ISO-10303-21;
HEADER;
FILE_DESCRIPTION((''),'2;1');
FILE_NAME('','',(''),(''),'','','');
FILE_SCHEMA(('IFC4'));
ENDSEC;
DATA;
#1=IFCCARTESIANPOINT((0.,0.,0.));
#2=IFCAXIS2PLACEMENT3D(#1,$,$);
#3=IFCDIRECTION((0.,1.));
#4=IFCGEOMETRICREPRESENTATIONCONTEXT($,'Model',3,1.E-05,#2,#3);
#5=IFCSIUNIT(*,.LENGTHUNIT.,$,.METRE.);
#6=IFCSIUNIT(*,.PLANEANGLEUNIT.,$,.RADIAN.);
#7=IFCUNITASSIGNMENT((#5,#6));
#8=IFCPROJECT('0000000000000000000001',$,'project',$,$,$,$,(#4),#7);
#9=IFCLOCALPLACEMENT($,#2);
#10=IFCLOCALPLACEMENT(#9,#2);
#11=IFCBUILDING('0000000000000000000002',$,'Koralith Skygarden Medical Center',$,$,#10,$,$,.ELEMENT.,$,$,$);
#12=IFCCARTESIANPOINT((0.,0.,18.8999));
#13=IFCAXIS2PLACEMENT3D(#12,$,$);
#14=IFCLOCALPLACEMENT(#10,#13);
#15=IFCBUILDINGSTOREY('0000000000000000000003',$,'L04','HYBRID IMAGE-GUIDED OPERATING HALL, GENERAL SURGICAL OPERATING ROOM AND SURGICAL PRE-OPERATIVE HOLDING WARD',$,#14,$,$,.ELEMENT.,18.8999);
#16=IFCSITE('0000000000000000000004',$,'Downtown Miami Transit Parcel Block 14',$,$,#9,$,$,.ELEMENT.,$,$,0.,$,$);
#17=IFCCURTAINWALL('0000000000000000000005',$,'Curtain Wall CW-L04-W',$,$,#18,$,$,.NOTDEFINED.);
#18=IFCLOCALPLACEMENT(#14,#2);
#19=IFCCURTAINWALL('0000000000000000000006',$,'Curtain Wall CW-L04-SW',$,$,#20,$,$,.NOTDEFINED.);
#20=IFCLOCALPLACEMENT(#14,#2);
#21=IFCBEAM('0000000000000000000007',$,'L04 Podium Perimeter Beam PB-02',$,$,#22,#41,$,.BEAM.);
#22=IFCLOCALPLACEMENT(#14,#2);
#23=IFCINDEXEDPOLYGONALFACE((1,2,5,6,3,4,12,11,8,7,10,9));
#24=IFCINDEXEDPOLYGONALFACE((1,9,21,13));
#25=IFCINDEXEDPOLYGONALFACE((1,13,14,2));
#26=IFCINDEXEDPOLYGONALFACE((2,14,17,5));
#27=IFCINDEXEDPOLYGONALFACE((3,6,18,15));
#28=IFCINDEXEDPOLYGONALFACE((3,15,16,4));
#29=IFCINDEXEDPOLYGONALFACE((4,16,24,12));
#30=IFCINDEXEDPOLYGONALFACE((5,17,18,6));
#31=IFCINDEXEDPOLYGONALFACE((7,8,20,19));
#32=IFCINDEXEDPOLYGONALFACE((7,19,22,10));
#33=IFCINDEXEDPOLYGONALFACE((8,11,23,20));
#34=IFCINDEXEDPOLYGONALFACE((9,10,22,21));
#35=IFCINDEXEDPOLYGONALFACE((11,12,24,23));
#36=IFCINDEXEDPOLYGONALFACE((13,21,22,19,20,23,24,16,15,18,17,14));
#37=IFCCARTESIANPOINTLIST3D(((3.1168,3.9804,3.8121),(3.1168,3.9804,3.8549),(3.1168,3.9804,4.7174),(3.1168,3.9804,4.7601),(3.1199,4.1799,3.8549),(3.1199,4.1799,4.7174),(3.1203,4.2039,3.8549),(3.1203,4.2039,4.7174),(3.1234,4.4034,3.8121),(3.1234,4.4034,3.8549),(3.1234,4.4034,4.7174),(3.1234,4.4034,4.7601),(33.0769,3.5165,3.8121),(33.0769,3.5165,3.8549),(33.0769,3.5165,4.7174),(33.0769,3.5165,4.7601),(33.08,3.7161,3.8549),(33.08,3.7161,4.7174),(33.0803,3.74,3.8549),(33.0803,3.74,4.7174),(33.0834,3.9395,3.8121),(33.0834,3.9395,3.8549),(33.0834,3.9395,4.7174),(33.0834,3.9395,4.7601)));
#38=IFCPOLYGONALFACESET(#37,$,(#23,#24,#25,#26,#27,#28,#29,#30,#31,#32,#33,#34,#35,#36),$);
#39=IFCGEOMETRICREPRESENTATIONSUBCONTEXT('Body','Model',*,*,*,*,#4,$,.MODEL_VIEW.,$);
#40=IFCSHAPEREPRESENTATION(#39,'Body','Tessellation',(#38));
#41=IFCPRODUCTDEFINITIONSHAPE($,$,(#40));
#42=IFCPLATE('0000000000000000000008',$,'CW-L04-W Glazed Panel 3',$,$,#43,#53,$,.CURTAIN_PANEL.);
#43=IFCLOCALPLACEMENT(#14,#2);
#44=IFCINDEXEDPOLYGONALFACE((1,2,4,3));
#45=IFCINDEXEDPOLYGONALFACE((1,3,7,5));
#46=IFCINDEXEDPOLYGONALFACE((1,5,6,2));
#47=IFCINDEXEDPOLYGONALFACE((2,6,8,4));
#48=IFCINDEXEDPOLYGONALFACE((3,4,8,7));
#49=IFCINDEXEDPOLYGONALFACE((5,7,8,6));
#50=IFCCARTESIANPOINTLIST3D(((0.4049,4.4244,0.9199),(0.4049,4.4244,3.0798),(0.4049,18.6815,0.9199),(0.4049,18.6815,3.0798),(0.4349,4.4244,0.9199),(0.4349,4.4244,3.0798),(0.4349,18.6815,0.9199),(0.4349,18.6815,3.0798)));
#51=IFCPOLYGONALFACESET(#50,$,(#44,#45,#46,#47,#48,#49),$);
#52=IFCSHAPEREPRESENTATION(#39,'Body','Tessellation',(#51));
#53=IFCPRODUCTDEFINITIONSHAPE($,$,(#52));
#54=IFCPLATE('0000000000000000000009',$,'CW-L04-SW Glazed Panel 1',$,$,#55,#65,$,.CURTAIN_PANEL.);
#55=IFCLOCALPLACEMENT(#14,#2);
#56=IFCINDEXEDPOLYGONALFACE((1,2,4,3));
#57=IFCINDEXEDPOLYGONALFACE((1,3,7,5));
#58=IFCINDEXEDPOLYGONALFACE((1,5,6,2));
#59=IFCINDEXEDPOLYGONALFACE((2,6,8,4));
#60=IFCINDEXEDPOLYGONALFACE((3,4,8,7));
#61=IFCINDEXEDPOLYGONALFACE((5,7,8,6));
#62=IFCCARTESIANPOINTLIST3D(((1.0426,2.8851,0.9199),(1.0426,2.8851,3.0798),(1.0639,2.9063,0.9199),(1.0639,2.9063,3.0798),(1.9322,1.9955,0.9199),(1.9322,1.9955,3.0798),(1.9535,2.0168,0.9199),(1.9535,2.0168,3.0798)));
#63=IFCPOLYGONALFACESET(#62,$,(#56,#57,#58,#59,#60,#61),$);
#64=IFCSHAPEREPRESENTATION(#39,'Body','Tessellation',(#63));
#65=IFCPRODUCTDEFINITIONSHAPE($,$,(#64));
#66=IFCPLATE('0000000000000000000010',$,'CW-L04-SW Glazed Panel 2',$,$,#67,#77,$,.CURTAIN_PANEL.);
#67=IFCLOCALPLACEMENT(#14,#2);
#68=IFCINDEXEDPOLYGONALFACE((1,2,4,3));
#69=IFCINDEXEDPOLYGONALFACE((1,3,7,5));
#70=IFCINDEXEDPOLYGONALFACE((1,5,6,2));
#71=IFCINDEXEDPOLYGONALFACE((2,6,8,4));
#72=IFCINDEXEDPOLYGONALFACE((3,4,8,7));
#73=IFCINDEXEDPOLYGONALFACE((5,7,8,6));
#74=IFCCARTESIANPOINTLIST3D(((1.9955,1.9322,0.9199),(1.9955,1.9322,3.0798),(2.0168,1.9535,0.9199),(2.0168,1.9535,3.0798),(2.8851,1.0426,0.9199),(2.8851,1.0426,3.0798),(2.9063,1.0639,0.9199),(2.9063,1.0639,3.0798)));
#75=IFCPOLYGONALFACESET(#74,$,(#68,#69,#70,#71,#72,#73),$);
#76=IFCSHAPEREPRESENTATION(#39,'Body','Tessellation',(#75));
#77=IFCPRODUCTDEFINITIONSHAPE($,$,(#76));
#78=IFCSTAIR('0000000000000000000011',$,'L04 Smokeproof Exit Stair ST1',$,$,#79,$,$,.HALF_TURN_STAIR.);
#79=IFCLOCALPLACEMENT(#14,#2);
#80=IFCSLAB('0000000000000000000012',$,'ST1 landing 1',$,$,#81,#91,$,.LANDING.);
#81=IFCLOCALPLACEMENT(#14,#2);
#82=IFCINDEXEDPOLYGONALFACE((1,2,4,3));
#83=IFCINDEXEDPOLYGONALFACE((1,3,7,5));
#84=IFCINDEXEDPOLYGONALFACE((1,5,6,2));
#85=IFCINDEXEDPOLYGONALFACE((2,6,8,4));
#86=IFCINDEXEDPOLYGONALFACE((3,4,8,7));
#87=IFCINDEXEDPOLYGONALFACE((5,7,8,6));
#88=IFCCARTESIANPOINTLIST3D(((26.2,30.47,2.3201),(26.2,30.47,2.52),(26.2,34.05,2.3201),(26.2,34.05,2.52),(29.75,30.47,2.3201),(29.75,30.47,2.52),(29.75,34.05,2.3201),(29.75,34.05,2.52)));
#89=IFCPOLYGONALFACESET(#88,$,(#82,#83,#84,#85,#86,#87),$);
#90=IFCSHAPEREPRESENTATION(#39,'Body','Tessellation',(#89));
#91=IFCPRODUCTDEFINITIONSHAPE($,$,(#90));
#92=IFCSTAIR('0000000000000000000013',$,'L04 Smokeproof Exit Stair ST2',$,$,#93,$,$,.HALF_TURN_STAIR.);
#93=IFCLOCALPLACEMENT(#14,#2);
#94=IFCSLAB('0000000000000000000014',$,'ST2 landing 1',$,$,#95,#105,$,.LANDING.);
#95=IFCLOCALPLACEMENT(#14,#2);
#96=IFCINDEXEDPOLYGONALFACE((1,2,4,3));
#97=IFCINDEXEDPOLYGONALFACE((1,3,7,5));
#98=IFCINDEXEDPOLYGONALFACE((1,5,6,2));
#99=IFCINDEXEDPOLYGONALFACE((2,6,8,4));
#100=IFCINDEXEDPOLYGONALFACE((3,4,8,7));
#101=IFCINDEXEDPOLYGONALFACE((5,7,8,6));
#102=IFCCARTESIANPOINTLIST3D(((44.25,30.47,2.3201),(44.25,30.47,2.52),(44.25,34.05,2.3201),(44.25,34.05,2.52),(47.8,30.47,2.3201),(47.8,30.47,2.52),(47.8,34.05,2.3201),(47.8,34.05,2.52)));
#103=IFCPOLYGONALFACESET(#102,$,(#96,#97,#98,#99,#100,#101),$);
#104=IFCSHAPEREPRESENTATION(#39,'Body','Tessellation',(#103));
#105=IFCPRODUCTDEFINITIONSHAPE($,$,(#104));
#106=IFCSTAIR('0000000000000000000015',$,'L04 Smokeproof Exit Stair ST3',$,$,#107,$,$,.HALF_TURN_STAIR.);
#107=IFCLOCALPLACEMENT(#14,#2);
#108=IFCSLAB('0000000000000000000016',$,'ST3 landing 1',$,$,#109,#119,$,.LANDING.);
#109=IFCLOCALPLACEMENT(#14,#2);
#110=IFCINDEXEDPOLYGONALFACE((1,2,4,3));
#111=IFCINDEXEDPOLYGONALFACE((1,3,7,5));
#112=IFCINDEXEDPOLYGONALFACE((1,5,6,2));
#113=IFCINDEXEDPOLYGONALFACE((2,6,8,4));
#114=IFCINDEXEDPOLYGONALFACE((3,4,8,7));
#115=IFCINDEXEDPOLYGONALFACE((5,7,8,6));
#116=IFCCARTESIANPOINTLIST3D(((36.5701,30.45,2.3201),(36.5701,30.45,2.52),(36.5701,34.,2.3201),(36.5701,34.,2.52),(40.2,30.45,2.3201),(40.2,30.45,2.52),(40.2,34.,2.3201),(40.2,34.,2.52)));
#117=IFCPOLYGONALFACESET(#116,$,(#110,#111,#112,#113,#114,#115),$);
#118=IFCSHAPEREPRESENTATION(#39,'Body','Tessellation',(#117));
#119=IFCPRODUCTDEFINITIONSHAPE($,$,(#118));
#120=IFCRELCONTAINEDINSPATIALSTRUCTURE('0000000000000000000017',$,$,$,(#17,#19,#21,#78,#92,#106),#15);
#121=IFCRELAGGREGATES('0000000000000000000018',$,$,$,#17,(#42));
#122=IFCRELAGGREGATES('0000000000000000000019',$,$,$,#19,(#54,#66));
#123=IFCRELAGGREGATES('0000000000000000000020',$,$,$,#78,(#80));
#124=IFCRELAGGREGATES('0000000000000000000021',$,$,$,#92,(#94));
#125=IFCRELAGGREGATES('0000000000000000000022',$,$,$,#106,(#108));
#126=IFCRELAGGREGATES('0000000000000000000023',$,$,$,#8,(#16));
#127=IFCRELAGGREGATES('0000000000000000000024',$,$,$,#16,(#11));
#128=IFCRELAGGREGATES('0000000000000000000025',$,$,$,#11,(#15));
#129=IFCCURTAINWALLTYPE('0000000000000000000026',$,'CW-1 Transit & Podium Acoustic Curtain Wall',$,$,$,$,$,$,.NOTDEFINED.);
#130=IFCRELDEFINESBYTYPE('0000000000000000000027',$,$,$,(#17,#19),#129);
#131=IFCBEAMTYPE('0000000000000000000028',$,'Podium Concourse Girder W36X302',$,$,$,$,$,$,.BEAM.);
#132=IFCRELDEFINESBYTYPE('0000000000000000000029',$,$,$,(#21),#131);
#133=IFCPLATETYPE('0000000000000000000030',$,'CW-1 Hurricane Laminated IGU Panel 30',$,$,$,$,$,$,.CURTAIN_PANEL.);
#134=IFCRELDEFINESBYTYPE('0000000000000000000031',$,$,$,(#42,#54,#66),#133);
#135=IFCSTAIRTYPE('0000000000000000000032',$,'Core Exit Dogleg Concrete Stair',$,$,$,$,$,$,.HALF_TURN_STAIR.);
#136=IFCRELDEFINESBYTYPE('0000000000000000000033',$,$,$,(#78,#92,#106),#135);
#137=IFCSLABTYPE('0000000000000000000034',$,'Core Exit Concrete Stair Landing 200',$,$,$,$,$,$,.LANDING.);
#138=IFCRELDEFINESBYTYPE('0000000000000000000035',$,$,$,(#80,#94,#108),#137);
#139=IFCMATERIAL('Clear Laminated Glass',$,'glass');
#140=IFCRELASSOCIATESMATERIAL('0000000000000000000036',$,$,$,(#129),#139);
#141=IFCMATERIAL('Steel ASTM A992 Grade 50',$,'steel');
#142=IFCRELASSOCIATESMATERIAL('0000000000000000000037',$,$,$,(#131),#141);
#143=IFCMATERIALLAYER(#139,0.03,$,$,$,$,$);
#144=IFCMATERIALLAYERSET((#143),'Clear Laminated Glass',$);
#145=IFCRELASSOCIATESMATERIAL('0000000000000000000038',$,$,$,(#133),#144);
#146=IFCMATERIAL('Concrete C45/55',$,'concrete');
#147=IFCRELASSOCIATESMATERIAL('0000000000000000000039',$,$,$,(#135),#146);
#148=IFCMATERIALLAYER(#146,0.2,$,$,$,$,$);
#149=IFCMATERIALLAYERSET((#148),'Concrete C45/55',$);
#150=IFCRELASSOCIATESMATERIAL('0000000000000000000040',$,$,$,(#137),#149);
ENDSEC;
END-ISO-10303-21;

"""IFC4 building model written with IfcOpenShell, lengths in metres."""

from ifc_helpers import new_model, si_unit, direction, frame, origin, origin_2d, place, context, subcontext, project, spatial, polyline, rectangle, i_section, outline, extrude, material, layer, layer_set, material_profile, profile_set, type_object, element, aggregate, save


model = new_model("IFC4")

# Units and contexts
model_context = context("Model", 3, precision=1e-05, world=origin(), true_north=direction((0.0, 1.0)))
body_context = subcontext(model_context, "Body", "Model", "MODEL_VIEW")
ifc_project = project(units=[si_unit("LENGTHUNIT", "METRE"), si_unit("PLANEANGLEUNIT", "RADIAN")], contexts=[model_context])

# Site, building, storey
site_placement = place(None, origin())
site = spatial("IfcSite", under=ifc_project, at=site_placement, Name="Downtown Miami Transit Parcel Block 14", CompositionType="ELEMENT", RefElevation=0.0)
building_placement = place(site_placement, origin())
building = spatial("IfcBuilding", under=site, at=building_placement, Name="Koralith Skygarden Medical Center", CompositionType="ELEMENT")
storey_placement = place(building_placement, frame((0.0, 0.0, 18.8999)))
storey = spatial("IfcBuildingStorey", under=building, at=storey_placement, Name="L04", Description="HYBRID IMAGE-GUIDED OPERATING HALL, GENERAL SURGICAL OPERATING ROOM AND SURGICAL PRE-OPERATIVE HOLDING WARD", CompositionType="ELEMENT", Elevation=18.8999)

# Shared definitions
ifc_material_1 = material(Name="Clear Laminated Glass", Category="glass")
curtain_wall_type = type_object("IfcCurtainWallType", Name="CW-1 Transit & Podium Acoustic Curtain Wall", PredefinedType="NOTDEFINED", material=ifc_material_1)

# Curtain walls
curtain_wall_1_placement = place(storey_placement, origin())
curtain_wall_1 = element("IfcCurtainWall", 1, at=curtain_wall_1_placement, inside=storey, type_object=curtain_wall_type, Name="Curtain Wall CW-L04-W", PredefinedType="NOTDEFINED")
curtain_wall_2_placement = place(storey_placement, origin())
curtain_wall_2 = element("IfcCurtainWall", 2, at=curtain_wall_2_placement, inside=storey, type_object=curtain_wall_type, Name="Curtain Wall CW-L04-SW", PredefinedType="NOTDEFINED")

# Beam
ifc_material_2 = material(Name="Steel ASTM A992 Grade 50", Category="steel")
ifc_material_profile_1 = material_profile(ifc_material_2, i_section(OverallWidth=0.4231, OverallDepth=0.948, WebThickness=0.0239, FlangeThickness=0.0427, at=origin_2d()), Name="W36X302")
ifc_profile_set_1 = profile_set([ifc_material_profile_1], Name="Steel ASTM A992 Grade 50")
beam_type = type_object("IfcBeamType", Name="Podium Concourse Girder W36X302", PredefinedType="BEAM", material=ifc_profile_set_1)
beam_1_placement = place(storey_placement, frame((3.1201, 4.1919, 4.2861), z_axis=(0.99988, -0.015481, 0.0), x_axis=(0.015481, 0.99988, 0.0)))
element("IfcBeam", 3, at=beam_1_placement, inside=storey, type_object=beam_type, Name="L04 Podium Perimeter Beam PB-02", PredefinedType="BEAM", context=body_context, shape_type="SweptSolid", body=[
    extrude(i_section(OverallWidth=0.4231, OverallDepth=0.948, WebThickness=0.0239, FlangeThickness=0.0427, at=origin_2d()), origin(), (0.0, 0.0, 1.0), 29.9636),
])

# Plates
ifc_layer_1 = layer(ifc_material_1, 0.03)
ifc_layer_set_1 = layer_set([ifc_layer_1], Name="Clear Laminated Glass")
plate_type_1 = type_object("IfcPlateType", Name="CW-1 Hurricane Laminated IGU Panel 30", PredefinedType="CURTAIN_PANEL", material=ifc_layer_set_1)
plate_1_placement = place(storey_placement, frame((0.4199, 11.553, 0.9199), z_axis=(0.0, 0.0, 1.0), x_axis=(0.0, -1.0, 0.0)))
plate_1 = element("IfcPlate", 4, at=plate_1_placement, type_object=plate_type_1, Name="CW-L04-W Glazed Panel 3", PredefinedType="CURTAIN_PANEL", context=body_context, shape_type="SweptSolid", body=[
    extrude(rectangle(XDim=14.2571, YDim=0.03, at=origin_2d()), origin(), (0.0, 0.0, 1.0), 2.1599),
])
aggregate(curtain_wall_1, [plate_1])
plate_2_placement = place(storey_placement, frame((1.498, 2.4509, 0.9199), z_axis=(0.0, 0.0, 1.0), x_axis=(0.707107, -0.707107, 0.0)))
plate_2 = element("IfcPlate", 5, at=plate_2_placement, type_object=plate_type_1, Name="CW-L04-SW Glazed Panel 1", PredefinedType="CURTAIN_PANEL", context=body_context, shape_type="SweptSolid", body=[
    extrude(rectangle(XDim=1.2581, YDim=0.03, at=origin_2d()), origin(), (0.0, 0.0, 1.0), 2.1599),
])
plate_3_placement = place(storey_placement, frame((2.4509, 1.498, 0.9199), z_axis=(0.0, 0.0, 1.0), x_axis=(0.707107, -0.707107, 0.0)))
plate_3 = element("IfcPlate", 6, at=plate_3_placement, type_object=plate_type_1, Name="CW-L04-SW Glazed Panel 2", PredefinedType="CURTAIN_PANEL", context=body_context, shape_type="SweptSolid", body=[
    extrude(rectangle(XDim=1.2581, YDim=0.03, at=origin_2d()), origin(), (0.0, 0.0, 1.0), 2.1599),
])
aggregate(curtain_wall_2, [plate_2, plate_3])

# Stairs, slabs
ifc_material_3 = material(Name="Concrete C45/55", Category="concrete")
stair_type = type_object("IfcStairType", Name="Core Exit Dogleg Concrete Stair", PredefinedType="HALF_TURN_STAIR", material=ifc_material_3)
stair_1_placement = place(storey_placement, origin())
stair_1 = element("IfcStair", 7, at=stair_1_placement, inside=storey, type_object=stair_type, Name="L04 Smokeproof Exit Stair ST1", PredefinedType="HALF_TURN_STAIR")
ifc_layer_2 = layer(ifc_material_3, 0.2)
ifc_layer_set_2 = layer_set([ifc_layer_2], Name="Concrete C45/55")
slab_type_1 = type_object("IfcSlabType", Name="Core Exit Concrete Stair Landing 200", PredefinedType="LANDING", material=ifc_layer_set_2)
slab_1_placement = place(storey_placement, frame((0.0, 0.0, 2.3201)))
slab_1 = element("IfcSlab", 8, at=slab_1_placement, type_object=slab_type_1, Name="ST1 landing 1", PredefinedType="LANDING", context=body_context, shape_type="SweptSolid", body=[
    extrude(outline(polyline([(29.75, 30.47), (29.75, 34.05), (26.2, 34.05), (26.2, 30.47), (29.75, 30.47)])), origin(), (0.0, 0.0, 1.0), 0.2),
])
aggregate(stair_1, [slab_1])
stair_2_placement = place(storey_placement, origin())
stair_2 = element("IfcStair", 9, at=stair_2_placement, inside=storey, type_object=stair_type, Name="L04 Smokeproof Exit Stair ST2", PredefinedType="HALF_TURN_STAIR")
slab_2_placement = place(storey_placement, frame((0.0, 0.0, 2.3201)))
slab_2 = element("IfcSlab", 10, at=slab_2_placement, type_object=slab_type_1, Name="ST2 landing 1", PredefinedType="LANDING", context=body_context, shape_type="SweptSolid", body=[
    extrude(outline(polyline([(47.8, 30.47), (47.8, 34.05), (44.25, 34.05), (44.25, 30.47), (47.8, 30.47)])), origin(), (0.0, 0.0, 1.0), 0.2),
])
aggregate(stair_2, [slab_2])
stair_3_placement = place(storey_placement, origin())
stair_3 = element("IfcStair", 11, at=stair_3_placement, inside=storey, type_object=stair_type, Name="L04 Smokeproof Exit Stair ST3", PredefinedType="HALF_TURN_STAIR")
slab_3_placement = place(storey_placement, frame((0.0, 0.0, 2.3201)))
slab_3 = element("IfcSlab", 12, at=slab_3_placement, type_object=slab_type_1, Name="ST3 landing 1", PredefinedType="LANDING", context=body_context, shape_type="SweptSolid", body=[
    extrude(outline(polyline([(36.5701, 30.45), (40.2, 30.45), (40.2, 34.0), (36.5701, 34.0), (36.5701, 30.45)])), origin(), (0.0, 0.0, 1.0), 0.2),
])
aggregate(stair_3, [slab_3])

save(model, "model.ifc")
